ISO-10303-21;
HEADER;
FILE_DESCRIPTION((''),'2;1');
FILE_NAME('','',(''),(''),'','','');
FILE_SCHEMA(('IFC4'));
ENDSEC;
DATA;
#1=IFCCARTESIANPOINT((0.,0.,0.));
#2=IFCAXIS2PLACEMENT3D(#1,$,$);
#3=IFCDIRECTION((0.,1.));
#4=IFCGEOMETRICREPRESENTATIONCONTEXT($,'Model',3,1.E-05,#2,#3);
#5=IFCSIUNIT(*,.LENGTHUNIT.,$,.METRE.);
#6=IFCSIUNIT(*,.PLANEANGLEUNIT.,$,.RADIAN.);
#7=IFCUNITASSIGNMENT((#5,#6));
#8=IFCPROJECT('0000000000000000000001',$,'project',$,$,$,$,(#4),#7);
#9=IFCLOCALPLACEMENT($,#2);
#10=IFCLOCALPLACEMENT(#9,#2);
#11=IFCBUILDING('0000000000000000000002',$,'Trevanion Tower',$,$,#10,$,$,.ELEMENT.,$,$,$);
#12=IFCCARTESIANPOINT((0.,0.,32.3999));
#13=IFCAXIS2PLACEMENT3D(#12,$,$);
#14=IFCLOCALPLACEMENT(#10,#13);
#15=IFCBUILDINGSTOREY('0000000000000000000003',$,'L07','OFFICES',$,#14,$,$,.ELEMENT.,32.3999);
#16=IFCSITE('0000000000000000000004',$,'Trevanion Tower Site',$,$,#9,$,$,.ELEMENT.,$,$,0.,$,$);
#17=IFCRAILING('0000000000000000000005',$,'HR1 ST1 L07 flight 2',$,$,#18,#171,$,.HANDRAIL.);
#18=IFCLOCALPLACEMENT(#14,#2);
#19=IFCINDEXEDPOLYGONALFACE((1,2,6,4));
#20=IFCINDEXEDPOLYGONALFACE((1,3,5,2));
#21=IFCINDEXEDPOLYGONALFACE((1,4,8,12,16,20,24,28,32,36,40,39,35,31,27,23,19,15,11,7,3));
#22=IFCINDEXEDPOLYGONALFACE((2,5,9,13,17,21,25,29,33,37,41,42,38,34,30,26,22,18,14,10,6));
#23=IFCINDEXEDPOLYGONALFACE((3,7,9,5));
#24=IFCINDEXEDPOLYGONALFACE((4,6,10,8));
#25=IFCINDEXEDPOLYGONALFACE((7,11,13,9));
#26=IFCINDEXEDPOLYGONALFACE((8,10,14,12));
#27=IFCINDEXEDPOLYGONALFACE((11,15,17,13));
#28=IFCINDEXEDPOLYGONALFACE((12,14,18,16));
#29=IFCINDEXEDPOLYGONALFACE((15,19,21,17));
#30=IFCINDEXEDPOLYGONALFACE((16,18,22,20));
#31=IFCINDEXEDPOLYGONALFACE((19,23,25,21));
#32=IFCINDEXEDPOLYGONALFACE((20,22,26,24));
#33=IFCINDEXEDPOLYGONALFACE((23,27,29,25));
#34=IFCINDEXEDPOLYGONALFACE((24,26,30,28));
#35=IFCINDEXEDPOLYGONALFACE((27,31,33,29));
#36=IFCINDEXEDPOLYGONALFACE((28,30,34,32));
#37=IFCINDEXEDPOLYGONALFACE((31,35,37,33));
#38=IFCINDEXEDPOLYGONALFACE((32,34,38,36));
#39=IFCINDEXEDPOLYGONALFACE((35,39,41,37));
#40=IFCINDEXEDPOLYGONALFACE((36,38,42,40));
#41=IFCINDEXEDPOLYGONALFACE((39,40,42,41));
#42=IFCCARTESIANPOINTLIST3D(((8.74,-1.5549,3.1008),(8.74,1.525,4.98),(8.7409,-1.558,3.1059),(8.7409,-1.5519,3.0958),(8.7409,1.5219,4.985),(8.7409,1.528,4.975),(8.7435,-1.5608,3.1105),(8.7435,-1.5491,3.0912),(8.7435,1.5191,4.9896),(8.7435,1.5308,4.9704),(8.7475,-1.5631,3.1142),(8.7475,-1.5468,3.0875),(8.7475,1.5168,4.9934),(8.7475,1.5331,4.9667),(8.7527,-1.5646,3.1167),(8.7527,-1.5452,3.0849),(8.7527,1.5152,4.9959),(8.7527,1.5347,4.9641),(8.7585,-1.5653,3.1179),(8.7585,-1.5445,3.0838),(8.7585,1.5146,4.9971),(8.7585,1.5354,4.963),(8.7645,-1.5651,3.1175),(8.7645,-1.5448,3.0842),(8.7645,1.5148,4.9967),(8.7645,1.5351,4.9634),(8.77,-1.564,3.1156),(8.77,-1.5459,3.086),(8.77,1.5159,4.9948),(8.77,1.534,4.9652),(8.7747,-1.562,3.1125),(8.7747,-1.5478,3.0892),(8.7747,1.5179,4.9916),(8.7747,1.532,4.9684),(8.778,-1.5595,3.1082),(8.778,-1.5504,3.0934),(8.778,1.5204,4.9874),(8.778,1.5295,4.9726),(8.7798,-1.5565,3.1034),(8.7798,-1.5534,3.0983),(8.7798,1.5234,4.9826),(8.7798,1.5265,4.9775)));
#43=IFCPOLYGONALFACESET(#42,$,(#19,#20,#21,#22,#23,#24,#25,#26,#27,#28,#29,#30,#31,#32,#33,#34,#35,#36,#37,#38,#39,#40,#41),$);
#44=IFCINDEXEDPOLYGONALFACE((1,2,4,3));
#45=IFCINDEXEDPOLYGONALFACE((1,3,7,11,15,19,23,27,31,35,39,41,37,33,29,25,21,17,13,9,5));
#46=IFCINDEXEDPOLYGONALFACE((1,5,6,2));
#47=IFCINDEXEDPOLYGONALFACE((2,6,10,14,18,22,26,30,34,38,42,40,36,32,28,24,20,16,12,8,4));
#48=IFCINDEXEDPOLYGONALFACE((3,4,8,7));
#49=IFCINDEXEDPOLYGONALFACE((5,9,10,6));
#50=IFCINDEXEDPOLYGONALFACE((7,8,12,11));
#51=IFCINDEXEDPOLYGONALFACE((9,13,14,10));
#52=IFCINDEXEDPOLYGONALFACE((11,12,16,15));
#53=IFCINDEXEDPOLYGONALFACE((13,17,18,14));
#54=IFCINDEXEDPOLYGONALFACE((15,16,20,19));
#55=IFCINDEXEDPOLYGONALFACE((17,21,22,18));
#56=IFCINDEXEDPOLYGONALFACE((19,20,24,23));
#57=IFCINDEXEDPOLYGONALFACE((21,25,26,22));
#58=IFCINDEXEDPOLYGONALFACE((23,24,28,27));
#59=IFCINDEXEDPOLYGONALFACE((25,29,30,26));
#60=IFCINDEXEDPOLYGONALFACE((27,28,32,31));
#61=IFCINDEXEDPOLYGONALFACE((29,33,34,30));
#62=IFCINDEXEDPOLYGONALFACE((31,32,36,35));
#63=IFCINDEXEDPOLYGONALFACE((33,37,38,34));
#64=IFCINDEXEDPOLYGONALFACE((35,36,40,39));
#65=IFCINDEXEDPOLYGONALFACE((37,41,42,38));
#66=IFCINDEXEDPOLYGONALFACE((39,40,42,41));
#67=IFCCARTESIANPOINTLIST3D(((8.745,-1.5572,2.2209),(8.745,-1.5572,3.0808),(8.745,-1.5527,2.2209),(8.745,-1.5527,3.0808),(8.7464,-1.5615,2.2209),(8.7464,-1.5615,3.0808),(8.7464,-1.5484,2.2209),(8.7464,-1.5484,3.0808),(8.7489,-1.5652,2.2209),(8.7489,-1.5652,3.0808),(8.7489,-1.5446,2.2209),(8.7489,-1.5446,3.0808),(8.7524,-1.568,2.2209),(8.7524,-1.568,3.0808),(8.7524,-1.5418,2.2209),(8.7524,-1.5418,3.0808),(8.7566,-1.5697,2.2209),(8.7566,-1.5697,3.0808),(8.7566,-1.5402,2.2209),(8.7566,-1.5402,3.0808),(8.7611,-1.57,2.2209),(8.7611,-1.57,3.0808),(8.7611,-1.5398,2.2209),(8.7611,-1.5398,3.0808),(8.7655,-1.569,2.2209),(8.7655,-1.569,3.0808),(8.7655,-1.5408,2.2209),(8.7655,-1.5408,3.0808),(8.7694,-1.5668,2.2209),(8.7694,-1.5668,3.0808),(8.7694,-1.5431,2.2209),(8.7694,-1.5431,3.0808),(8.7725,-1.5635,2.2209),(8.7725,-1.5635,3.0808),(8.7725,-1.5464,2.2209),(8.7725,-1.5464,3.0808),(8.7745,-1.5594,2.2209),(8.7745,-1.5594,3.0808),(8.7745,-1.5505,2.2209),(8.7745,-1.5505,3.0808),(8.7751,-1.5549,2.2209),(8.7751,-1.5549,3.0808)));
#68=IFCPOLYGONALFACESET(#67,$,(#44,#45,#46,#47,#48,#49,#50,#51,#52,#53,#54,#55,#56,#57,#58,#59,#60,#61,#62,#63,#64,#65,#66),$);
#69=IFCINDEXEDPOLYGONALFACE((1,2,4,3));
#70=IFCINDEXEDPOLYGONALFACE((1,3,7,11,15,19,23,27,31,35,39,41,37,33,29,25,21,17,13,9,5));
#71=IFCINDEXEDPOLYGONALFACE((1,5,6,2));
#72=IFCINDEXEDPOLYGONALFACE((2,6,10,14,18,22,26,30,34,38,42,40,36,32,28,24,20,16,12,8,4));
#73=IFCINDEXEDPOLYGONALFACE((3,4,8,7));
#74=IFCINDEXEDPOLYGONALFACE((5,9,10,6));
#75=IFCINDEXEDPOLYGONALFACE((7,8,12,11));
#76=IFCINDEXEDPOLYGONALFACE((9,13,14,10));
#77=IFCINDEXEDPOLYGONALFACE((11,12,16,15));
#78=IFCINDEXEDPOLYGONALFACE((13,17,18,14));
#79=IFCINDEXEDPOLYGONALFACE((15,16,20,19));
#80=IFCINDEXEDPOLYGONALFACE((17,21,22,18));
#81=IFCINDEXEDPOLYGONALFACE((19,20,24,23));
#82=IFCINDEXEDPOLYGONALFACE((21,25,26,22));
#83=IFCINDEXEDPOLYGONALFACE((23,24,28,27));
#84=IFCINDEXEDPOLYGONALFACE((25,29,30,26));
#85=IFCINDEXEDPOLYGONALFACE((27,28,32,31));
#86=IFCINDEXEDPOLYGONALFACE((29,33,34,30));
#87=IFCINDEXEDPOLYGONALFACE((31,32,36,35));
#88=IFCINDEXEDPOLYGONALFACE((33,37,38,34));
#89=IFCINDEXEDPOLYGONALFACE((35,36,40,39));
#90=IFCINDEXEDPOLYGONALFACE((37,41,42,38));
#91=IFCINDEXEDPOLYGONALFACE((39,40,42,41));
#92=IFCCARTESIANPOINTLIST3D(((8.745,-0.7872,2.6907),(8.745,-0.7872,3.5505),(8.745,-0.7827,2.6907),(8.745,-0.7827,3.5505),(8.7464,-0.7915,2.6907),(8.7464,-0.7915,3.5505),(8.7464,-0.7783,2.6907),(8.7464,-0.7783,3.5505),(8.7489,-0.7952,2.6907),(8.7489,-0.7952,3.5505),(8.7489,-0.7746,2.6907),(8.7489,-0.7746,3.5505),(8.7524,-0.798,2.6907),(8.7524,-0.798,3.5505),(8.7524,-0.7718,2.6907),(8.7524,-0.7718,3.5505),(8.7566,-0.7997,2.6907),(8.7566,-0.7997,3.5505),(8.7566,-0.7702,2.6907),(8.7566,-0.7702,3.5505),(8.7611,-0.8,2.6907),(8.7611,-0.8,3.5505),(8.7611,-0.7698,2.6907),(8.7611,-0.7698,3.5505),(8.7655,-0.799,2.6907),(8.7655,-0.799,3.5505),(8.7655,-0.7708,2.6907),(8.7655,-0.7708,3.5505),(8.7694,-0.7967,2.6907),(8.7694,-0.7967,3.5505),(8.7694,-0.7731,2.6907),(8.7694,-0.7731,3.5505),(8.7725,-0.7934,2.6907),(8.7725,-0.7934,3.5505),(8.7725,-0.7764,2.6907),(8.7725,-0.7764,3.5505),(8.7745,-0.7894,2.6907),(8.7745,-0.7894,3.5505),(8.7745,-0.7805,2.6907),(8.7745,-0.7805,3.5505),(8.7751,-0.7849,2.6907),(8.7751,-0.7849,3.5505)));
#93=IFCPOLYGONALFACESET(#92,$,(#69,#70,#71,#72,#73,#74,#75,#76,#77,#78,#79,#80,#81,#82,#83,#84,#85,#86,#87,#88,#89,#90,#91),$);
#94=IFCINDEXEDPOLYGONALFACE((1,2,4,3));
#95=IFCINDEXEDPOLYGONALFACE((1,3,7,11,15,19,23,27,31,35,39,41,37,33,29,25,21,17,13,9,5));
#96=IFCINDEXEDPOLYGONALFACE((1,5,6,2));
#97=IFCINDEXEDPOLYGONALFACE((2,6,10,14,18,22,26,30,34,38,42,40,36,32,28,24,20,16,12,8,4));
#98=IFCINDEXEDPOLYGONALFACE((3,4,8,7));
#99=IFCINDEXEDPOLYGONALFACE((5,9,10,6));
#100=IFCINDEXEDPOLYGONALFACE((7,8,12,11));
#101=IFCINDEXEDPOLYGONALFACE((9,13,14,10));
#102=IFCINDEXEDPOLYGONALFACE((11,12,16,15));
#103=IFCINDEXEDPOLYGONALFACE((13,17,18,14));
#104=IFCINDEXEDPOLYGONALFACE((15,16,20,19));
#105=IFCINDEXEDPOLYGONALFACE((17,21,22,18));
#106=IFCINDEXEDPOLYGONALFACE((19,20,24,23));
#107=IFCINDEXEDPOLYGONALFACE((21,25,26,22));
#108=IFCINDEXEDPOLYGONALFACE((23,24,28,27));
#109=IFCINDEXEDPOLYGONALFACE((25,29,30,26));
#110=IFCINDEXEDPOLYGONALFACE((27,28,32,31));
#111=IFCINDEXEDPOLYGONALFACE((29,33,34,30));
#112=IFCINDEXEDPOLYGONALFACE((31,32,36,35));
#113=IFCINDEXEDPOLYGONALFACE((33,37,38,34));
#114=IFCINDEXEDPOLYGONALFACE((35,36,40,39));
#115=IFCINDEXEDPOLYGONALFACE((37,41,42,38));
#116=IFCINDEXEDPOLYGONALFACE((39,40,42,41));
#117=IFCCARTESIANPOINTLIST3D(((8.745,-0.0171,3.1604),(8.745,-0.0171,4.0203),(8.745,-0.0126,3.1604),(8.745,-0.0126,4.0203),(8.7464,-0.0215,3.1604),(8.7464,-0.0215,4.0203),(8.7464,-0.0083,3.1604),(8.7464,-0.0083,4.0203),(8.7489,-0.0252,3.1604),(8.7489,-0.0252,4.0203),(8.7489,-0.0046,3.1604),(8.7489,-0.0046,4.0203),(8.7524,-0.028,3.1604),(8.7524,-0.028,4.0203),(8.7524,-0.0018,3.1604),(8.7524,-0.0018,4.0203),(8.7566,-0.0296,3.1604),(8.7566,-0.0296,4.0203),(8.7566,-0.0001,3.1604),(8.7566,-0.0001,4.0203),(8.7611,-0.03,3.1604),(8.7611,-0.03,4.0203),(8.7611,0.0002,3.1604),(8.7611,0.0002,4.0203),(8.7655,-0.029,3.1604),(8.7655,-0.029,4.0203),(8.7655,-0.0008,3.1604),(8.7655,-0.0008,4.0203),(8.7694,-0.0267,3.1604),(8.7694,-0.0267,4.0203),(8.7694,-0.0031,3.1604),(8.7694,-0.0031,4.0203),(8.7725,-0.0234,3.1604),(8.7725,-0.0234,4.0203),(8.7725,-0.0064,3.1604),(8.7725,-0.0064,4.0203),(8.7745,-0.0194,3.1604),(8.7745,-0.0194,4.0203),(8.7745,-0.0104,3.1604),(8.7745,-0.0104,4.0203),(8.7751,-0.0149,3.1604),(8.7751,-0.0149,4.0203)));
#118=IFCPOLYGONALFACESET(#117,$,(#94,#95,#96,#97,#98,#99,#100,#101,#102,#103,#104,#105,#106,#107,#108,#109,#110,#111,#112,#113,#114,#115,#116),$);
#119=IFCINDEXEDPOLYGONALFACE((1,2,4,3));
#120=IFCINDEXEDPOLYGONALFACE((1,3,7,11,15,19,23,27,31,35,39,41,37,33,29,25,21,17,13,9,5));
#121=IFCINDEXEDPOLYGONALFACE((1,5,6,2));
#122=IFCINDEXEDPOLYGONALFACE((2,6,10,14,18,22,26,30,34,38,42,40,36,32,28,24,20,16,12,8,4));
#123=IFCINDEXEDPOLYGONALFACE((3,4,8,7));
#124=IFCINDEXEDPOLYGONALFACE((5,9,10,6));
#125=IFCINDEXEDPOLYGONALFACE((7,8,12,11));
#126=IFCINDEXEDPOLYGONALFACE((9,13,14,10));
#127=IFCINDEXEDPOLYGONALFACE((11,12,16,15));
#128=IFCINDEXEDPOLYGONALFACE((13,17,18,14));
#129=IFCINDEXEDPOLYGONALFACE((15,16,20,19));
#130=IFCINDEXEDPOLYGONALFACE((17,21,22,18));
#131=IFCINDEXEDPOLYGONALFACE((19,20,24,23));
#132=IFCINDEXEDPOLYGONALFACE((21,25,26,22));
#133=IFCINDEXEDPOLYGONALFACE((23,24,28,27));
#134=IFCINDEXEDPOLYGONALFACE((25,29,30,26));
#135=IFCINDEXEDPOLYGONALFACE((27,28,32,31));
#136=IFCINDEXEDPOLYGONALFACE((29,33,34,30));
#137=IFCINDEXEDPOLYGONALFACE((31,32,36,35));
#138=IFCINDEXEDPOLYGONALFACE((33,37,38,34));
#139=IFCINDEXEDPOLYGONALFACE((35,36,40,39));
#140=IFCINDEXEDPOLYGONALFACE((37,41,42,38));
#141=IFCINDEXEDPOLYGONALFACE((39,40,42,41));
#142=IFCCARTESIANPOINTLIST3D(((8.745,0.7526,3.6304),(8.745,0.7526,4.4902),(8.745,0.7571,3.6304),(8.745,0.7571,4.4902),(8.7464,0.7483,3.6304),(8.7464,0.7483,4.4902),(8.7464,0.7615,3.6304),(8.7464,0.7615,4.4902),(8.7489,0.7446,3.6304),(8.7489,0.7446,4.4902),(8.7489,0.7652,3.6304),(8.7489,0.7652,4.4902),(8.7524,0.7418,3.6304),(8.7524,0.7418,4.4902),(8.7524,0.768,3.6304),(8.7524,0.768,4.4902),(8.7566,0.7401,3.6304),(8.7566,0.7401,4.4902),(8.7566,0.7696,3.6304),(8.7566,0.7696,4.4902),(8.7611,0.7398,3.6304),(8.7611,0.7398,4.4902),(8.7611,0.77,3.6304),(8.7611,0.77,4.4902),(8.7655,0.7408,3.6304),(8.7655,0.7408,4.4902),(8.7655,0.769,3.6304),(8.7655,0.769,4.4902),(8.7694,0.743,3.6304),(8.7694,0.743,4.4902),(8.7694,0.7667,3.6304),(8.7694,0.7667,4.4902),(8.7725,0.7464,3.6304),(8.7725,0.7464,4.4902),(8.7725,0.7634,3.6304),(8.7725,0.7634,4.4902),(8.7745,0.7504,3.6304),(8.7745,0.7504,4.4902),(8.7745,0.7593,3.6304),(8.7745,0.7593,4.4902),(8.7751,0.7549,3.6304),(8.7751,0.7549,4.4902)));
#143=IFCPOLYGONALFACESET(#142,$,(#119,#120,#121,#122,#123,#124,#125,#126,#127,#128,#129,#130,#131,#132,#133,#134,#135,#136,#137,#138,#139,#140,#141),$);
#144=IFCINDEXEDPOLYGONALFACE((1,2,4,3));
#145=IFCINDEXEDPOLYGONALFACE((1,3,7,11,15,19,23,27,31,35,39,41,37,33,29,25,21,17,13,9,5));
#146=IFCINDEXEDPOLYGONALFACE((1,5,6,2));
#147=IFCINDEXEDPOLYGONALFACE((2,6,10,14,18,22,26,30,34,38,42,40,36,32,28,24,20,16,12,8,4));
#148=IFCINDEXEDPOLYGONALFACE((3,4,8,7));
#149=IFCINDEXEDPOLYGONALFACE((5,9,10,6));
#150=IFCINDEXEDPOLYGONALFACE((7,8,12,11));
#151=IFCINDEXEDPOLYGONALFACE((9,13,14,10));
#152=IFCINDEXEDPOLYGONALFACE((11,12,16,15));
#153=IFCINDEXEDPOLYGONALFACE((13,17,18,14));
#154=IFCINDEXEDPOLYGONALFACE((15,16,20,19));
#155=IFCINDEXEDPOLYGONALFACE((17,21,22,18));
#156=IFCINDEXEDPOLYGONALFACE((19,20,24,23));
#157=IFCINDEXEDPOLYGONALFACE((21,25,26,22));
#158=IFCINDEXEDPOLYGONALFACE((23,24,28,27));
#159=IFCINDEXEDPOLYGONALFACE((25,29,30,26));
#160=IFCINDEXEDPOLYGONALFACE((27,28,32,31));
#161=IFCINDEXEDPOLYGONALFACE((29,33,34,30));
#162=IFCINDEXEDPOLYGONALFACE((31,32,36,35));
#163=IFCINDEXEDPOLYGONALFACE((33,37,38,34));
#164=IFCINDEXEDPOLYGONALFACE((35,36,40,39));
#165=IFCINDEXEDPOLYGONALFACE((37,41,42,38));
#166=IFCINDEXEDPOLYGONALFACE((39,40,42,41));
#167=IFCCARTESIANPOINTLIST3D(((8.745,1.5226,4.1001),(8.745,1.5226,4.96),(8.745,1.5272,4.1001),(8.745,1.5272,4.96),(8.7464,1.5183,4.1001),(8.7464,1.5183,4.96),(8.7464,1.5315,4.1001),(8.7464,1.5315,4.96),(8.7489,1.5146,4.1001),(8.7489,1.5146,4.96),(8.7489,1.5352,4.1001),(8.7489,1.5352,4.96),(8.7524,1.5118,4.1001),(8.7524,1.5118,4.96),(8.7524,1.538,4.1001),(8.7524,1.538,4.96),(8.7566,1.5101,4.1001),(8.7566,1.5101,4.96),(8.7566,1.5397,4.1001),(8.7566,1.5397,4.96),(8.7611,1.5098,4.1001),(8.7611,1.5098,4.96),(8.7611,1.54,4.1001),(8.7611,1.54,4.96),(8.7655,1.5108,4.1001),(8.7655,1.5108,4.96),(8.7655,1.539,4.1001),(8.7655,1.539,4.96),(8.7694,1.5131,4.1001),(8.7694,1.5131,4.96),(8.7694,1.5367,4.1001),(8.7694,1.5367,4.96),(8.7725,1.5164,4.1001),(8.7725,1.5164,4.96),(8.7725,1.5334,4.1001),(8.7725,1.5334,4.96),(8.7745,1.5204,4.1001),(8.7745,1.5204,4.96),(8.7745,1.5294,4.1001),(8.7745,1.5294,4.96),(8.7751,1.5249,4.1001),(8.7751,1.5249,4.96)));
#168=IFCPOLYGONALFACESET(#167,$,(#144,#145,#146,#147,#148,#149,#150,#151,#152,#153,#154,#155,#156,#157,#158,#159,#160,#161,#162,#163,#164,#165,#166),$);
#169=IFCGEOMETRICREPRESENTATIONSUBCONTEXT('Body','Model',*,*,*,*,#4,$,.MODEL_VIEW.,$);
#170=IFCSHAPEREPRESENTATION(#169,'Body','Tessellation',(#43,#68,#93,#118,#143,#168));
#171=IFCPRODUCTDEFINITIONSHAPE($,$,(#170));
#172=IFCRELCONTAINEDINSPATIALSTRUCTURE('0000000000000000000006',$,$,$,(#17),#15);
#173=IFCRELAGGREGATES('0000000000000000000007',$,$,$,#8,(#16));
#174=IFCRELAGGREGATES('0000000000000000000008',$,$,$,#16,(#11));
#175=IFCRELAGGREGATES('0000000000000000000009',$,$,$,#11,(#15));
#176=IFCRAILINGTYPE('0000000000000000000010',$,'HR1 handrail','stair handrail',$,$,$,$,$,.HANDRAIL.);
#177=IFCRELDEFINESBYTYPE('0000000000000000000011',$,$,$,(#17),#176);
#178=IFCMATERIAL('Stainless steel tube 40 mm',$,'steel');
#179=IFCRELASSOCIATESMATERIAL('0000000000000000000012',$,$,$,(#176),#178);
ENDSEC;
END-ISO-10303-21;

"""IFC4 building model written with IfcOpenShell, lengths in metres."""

from ifc_helpers import new_model, si_unit, direction, frame, origin, origin_2d, place, context, subcontext, project, spatial, circle, extrude, material, type_object, element, save


model = new_model("IFC4")

# Units and contexts
model_context = context("Model", 3, precision=1e-05, world=origin(), true_north=direction((0.0, 1.0)))
body_context = subcontext(model_context, "Body", "Model", "MODEL_VIEW")
ifc_project = project(units=[si_unit("LENGTHUNIT", "METRE"), si_unit("PLANEANGLEUNIT", "RADIAN")], contexts=[model_context])

# Site, building, storey
site_placement = place(None, origin())
site = spatial("IfcSite", under=ifc_project, at=site_placement, Name="Trevanion Tower Site", CompositionType="ELEMENT", RefElevation=0.0)
building_placement = place(site_placement, origin())
building = spatial("IfcBuilding", under=site, at=building_placement, Name="Trevanion Tower", CompositionType="ELEMENT")
storey_placement = place(building_placement, frame((0.0, 0.0, 32.3999)))
storey = spatial("IfcBuildingStorey", under=building, at=storey_placement, Name="L07", Description="OFFICES", CompositionType="ELEMENT", Elevation=32.3999)

# Railing
ifc_material_1 = material(Name="Stainless steel tube 40 mm", Category="steel")
railing_type = type_object("IfcRailingType", Name="HR1 handrail", Description="stair handrail", PredefinedType="HANDRAIL", material=ifc_material_1)
for number, where, name in (
    (1, (8.76, -1.5549, 2.2209), "HR1 ST1 L07 flight 2"),
):
    element("IfcRailing", number, at=place(storey_placement, frame(where)), inside=storey, type_object=railing_type, Name=name, PredefinedType="HANDRAIL", context=body_context, shape_type="SweptSolid", body=[
        extrude(circle(Radius=0.02, at=origin_2d()), frame((0.0, 0.0, 0.8799), z_axis=(0.0, 0.853648, 0.52085), x_axis=(-1.0, 0.0, 0.0)), (0.0, 0.0, 1.0), 3.6079),
        extrude(circle(Radius=0.0151, at=origin_2d()), origin(), (0.0, 0.0, 1.0), 0.8599),
        extrude(circle(Radius=0.0151, at=origin_2d()), frame((0.0, 0.77, 0.4697)), (0.0, 0.0, 1.0), 0.8599),
        extrude(circle(Radius=0.0151, at=origin_2d()), frame((0.0, 1.54, 0.9395)), (0.0, 0.0, 1.0), 0.8599),
        extrude(circle(Radius=0.0151, at=origin_2d()), frame((0.0, 2.3098, 1.4094)), (0.0, 0.0, 1.0), 0.8599),
        extrude(circle(Radius=0.0151, at=origin_2d()), frame((0.0, 3.0798, 1.8792)), (0.0, 0.0, 1.0), 0.8599),
    ])

save(model, "model.ifc")
